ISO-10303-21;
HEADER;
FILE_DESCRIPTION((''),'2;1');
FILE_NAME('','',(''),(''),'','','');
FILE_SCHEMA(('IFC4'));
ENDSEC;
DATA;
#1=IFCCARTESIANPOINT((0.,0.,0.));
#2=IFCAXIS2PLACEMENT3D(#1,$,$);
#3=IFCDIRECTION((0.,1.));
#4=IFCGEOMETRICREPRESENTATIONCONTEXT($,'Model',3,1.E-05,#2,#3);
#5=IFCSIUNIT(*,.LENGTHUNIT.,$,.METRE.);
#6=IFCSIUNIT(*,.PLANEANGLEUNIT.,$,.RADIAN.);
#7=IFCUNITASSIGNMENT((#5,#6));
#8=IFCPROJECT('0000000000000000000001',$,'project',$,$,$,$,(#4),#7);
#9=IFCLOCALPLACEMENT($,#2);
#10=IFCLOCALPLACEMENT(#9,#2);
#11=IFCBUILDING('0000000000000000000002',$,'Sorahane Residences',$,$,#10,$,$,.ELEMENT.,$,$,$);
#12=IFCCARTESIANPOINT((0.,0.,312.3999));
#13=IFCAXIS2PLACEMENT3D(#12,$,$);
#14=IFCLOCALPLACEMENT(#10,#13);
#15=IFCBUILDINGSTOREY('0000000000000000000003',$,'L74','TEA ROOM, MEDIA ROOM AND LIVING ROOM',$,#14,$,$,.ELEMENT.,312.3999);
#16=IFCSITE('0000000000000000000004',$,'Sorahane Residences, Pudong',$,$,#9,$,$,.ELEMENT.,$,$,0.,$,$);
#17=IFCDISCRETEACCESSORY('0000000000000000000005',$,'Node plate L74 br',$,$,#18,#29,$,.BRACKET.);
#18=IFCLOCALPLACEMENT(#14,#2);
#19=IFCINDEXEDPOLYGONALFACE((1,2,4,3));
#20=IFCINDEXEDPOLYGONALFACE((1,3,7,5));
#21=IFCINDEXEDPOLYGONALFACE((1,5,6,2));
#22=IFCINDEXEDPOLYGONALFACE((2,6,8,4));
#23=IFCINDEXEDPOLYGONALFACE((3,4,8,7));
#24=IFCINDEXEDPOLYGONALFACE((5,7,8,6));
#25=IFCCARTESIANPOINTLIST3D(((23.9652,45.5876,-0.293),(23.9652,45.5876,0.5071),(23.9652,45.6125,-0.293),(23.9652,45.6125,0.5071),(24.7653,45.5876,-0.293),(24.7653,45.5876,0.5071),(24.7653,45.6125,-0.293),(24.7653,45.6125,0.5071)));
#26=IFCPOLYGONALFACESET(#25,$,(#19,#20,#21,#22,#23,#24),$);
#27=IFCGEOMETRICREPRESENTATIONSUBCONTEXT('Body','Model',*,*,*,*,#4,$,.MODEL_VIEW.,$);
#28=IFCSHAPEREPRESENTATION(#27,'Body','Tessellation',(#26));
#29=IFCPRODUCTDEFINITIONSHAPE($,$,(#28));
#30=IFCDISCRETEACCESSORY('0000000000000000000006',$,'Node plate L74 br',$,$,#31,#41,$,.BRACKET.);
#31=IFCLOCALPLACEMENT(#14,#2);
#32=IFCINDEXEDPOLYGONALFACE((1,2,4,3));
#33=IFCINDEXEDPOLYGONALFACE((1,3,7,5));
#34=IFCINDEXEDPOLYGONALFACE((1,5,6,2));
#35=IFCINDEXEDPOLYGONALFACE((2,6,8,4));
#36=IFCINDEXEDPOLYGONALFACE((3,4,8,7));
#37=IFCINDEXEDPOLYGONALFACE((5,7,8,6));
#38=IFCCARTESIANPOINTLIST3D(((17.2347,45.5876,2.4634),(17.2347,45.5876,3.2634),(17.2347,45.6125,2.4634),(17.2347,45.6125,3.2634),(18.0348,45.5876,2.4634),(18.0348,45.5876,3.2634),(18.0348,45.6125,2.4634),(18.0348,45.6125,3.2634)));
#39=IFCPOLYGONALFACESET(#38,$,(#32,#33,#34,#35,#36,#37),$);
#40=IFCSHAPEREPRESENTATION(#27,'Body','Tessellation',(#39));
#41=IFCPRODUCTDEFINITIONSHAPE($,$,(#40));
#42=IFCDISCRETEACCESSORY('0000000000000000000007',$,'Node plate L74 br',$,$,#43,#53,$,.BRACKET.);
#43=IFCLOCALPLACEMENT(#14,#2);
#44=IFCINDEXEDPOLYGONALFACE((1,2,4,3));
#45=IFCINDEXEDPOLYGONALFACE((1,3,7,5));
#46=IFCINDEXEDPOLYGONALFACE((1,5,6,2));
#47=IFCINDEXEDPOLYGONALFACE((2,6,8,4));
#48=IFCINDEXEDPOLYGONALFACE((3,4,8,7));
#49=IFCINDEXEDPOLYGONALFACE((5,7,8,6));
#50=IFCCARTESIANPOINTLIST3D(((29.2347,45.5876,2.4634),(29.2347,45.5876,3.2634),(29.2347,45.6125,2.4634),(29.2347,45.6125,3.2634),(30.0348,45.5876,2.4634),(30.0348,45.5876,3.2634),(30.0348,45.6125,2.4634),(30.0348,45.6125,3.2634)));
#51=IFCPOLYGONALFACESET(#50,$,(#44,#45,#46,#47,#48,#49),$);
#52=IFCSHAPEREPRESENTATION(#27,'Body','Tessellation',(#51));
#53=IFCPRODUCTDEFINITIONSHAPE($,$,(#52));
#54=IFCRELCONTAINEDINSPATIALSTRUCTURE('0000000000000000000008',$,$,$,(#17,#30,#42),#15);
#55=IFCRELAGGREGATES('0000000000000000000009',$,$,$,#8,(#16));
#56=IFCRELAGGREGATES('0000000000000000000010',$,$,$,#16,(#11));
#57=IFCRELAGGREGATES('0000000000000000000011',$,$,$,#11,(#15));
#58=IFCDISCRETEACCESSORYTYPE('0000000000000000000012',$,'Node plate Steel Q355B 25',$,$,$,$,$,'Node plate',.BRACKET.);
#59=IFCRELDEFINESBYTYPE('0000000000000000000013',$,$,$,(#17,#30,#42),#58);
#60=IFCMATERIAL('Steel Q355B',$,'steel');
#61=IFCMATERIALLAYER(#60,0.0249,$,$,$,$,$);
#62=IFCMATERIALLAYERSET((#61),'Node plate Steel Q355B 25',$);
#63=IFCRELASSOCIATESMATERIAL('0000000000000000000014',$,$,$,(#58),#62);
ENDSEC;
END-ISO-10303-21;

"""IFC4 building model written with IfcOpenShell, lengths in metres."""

from ifc_helpers import new_model, si_unit, direction, frame, origin, origin_2d, place, context, subcontext, project, spatial, rectangle, extrude, material, layer, layer_set, type_object, element, save


model = new_model("IFC4")

# Units and contexts
model_context = context("Model", 3, precision=1e-05, world=origin(), true_north=direction((0.0, 1.0)))
body_context = subcontext(model_context, "Body", "Model", "MODEL_VIEW")
ifc_project = project(units=[si_unit("LENGTHUNIT", "METRE"), si_unit("PLANEANGLEUNIT", "RADIAN")], contexts=[model_context])

# Site, building, storey
site_placement = place(None, origin())
site = spatial("IfcSite", under=ifc_project, at=site_placement, Name="Sorahane Residences, Pudong", CompositionType="ELEMENT", RefElevation=0.0)
building_placement = place(site_placement, origin())
building = spatial("IfcBuilding", under=site, at=building_placement, Name="Sorahane Residences", CompositionType="ELEMENT")
storey_placement = place(building_placement, frame((0.0, 0.0, 312.3999)))
storey = spatial("IfcBuildingStorey", under=building, at=storey_placement, Name="L74", Description="TEA ROOM, MEDIA ROOM AND LIVING ROOM", CompositionType="ELEMENT", Elevation=312.3999)

# Discrete accessories
ifc_material_1 = material(Name="Steel Q355B", Category="steel")
ifc_layer_1 = layer(ifc_material_1, 0.0249)
ifc_layer_set_1 = layer_set([ifc_layer_1], Name="Node plate Steel Q355B 25")
discrete_accessory_type = type_object("IfcDiscreteAccessoryType", Name="Node plate Steel Q355B 25", ElementType="Node plate", PredefinedType="BRACKET", material=ifc_layer_set_1)
for number, where, z_axis, x_axis, name in (
    (1, (24.3652, 45.6001, -0.293), (0.0, 0.0, 1.0), (1.0, 0.0, 0.0), "Node plate L74 br"),
    (2, (17.6348, 45.6001, 2.4634), (0.0, 0.0, 1.0), (1.0, 0.0, 0.0), "Node plate L74 br"),
    (3, (29.6348, 45.6001, 2.4634), (0.0, 0.0, 1.0), (1.0, 0.0, 0.0), "Node plate L74 br"),
):
    element("IfcDiscreteAccessory", number, at=place(storey_placement, frame(where, z_axis=z_axis, x_axis=x_axis)), inside=storey, type_object=discrete_accessory_type, Name=name, PredefinedType="BRACKET", context=body_context, shape_type="SweptSolid", body=[
        extrude(rectangle(XDim=0.8, YDim=0.0249, at=origin_2d()), origin(), (0.0, 0.0, 1.0), 0.8),
    ])

save(model, "model.ifc")
